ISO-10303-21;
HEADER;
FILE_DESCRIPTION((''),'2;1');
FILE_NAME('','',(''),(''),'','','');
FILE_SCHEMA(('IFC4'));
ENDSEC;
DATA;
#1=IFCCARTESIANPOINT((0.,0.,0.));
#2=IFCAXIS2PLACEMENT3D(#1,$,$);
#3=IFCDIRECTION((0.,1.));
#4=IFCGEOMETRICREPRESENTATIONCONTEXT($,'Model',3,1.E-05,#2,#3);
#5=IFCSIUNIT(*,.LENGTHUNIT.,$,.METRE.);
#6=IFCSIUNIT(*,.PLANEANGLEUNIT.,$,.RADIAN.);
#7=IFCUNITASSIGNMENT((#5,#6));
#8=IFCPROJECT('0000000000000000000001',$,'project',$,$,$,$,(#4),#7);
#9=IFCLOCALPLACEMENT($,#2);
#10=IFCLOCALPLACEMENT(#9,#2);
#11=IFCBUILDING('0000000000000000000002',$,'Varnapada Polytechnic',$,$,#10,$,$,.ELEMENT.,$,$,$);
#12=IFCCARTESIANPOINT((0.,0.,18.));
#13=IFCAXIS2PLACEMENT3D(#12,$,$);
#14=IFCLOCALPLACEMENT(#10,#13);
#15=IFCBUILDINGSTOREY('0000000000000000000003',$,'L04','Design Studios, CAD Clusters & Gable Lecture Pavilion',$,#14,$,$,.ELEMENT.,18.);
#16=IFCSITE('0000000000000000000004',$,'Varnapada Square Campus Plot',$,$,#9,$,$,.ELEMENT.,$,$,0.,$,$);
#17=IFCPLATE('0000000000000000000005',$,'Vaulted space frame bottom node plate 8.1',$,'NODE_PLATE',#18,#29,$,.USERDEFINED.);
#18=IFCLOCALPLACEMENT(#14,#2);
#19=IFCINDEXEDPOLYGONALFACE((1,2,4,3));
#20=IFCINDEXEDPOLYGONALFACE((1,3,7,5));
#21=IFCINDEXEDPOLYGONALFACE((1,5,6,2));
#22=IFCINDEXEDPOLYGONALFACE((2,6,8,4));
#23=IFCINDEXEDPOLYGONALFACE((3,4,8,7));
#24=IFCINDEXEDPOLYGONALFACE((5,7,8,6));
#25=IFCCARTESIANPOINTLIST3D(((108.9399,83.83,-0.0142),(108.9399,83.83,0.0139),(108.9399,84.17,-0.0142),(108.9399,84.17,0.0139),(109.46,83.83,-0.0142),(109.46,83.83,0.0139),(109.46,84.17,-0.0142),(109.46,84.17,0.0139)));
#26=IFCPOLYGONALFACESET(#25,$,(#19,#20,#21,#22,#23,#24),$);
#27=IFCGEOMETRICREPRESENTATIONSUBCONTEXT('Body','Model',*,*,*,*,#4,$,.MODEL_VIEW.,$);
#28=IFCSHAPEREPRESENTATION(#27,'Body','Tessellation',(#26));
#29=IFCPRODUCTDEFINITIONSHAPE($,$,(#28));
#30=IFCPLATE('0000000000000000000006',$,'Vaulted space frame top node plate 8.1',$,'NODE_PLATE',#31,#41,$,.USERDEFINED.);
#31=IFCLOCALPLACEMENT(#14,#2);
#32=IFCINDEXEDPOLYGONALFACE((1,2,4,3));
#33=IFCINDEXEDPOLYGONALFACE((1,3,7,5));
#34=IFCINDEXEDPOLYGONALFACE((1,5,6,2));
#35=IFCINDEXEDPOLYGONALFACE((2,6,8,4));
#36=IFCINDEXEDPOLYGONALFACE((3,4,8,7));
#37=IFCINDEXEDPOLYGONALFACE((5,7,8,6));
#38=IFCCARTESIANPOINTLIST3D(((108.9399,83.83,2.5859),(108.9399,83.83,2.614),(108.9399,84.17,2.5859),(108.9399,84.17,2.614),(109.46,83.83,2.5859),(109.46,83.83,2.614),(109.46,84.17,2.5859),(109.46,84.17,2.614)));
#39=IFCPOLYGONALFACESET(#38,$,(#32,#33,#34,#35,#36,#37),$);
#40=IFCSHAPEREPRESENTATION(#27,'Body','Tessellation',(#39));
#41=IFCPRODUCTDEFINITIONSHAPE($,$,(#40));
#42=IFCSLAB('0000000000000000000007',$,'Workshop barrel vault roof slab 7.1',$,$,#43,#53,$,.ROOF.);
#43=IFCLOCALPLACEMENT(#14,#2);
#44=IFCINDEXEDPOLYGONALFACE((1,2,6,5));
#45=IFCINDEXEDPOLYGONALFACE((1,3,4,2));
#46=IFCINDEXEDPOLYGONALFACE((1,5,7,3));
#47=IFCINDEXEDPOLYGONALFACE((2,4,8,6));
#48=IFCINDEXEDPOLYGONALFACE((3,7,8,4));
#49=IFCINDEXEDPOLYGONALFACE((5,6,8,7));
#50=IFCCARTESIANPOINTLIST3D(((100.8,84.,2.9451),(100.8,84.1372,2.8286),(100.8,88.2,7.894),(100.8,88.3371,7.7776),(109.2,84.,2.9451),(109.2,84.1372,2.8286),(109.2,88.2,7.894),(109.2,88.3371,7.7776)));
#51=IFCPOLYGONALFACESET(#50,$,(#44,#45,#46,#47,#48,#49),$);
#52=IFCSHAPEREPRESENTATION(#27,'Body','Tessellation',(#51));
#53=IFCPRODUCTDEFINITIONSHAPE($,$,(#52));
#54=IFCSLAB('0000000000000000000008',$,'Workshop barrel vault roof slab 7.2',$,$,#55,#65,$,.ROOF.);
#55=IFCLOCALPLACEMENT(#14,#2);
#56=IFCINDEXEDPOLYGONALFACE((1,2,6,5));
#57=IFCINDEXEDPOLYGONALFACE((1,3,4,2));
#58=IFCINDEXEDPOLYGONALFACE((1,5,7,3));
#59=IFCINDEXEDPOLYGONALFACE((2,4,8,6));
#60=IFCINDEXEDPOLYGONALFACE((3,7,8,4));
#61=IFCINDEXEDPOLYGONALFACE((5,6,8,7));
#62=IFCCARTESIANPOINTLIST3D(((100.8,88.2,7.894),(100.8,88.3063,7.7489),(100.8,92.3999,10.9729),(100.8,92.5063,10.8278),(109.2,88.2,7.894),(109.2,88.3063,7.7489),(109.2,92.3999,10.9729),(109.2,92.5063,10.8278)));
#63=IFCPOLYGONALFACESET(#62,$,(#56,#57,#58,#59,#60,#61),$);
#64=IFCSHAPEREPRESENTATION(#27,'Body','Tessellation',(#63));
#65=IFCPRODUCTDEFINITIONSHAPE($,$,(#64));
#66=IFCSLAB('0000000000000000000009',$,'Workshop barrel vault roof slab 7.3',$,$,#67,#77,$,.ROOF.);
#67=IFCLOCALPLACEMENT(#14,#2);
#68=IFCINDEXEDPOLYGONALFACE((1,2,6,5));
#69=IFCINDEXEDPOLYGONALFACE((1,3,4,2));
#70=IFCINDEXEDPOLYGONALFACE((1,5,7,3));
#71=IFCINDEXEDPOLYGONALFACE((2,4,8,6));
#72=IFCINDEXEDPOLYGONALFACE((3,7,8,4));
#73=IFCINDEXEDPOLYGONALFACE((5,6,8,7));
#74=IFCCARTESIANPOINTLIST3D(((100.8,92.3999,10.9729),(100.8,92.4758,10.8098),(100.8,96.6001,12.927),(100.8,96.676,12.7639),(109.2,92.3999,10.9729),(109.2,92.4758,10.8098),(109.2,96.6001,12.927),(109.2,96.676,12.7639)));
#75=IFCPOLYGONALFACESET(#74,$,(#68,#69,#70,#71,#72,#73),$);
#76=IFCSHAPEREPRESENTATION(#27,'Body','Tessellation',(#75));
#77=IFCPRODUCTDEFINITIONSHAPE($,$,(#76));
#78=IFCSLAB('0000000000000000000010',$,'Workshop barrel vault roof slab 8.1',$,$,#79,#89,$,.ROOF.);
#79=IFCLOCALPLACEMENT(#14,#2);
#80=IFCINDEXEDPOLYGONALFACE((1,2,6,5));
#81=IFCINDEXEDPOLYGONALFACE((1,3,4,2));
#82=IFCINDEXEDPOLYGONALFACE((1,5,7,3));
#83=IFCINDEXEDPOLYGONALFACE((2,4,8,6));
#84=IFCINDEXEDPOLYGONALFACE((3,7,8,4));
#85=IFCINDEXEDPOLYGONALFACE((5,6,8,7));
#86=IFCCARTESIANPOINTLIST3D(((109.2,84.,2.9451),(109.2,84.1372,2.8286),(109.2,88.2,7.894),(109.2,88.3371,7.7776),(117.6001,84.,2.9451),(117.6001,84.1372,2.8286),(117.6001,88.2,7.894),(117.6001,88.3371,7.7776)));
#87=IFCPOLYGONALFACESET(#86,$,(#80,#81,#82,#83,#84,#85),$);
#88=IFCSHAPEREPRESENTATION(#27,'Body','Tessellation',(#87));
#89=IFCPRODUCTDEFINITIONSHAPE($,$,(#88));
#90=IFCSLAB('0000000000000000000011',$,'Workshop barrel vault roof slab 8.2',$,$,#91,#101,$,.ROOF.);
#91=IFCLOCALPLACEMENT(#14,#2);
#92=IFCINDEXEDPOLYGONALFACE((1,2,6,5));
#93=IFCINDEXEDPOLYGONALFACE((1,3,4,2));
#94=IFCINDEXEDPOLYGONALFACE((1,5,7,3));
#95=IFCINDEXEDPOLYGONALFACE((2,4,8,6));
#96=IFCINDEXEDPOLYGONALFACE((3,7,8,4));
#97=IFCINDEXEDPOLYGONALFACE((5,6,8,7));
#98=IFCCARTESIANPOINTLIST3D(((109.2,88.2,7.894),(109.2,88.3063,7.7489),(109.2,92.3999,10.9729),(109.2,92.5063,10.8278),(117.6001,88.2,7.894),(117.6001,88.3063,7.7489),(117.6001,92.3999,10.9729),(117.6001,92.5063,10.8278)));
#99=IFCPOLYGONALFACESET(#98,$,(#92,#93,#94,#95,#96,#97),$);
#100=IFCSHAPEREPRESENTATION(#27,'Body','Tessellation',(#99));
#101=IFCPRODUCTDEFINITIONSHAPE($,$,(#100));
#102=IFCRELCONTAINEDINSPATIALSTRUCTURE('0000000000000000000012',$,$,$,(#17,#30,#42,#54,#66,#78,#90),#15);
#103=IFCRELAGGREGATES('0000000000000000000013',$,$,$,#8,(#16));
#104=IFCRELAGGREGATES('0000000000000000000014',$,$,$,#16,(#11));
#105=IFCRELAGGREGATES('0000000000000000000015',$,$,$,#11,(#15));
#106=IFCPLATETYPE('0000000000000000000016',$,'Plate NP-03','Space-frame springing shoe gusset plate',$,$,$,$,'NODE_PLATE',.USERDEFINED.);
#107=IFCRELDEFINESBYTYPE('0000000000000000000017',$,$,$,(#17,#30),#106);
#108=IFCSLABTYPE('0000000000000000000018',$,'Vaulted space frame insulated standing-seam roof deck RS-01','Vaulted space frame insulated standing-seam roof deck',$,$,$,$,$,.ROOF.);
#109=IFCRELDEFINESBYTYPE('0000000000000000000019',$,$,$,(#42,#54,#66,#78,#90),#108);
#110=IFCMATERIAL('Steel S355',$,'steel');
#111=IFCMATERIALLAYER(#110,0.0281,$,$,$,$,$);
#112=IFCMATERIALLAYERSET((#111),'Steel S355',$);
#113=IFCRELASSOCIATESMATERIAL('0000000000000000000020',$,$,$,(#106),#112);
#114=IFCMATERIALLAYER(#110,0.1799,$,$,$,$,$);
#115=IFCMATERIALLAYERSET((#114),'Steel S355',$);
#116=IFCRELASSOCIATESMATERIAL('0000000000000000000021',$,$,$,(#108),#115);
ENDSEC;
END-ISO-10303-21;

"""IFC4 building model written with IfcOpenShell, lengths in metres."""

from ifc_helpers import new_model, si_unit, direction, frame, origin, origin_2d, place, context, subcontext, project, spatial, polyline, rectangle, outline, extrude, material, layer, layer_set, type_object, element, save


model = new_model("IFC4")

# Units and contexts
model_context = context("Model", 3, precision=1e-05, world=origin(), true_north=direction((0.0, 1.0)))
body_context = subcontext(model_context, "Body", "Model", "MODEL_VIEW")
ifc_project = project(units=[si_unit("LENGTHUNIT", "METRE"), si_unit("PLANEANGLEUNIT", "RADIAN")], contexts=[model_context])

# Site, building, storey
site_placement = place(None, origin())
site = spatial("IfcSite", under=ifc_project, at=site_placement, Name="Varnapada Square Campus Plot", CompositionType="ELEMENT", RefElevation=0.0)
building_placement = place(site_placement, origin())
building = spatial("IfcBuilding", under=site, at=building_placement, Name="Varnapada Polytechnic", CompositionType="ELEMENT")
storey_placement = place(building_placement, frame((0.0, 0.0, 18.0)))
storey = spatial("IfcBuildingStorey", under=building, at=storey_placement, Name="L04", Description="Design Studios, CAD Clusters & Gable Lecture Pavilion", CompositionType="ELEMENT", Elevation=18.0)

# Shared definitions
ifc_material = material(Name="Steel S355", Category="steel")

# Plates
ifc_layer_1 = layer(ifc_material, 0.0281)
ifc_layer_set_1 = layer_set([ifc_layer_1], Name="Steel S355")
plate_type_1 = type_object("IfcPlateType", Name="Plate NP-03", Description="Space-frame springing shoe gusset plate", ElementType="NODE_PLATE", PredefinedType="USERDEFINED", material=ifc_layer_set_1)
for number, where, z_axis, x_axis, name in (
    (1, (109.2, 84.0, -0.0142), (0.0, 0.0, 1.0), (1.0, 0.0, 0.0), "Vaulted space frame bottom node plate 8.1"),
    (2, (109.2, 84.0, 2.5859), (0.0, 0.0, 1.0), (1.0, 0.0, 0.0), "Vaulted space frame top node plate 8.1"),
):
    element("IfcPlate", number, at=place(storey_placement, frame(where, z_axis=z_axis, x_axis=x_axis)), inside=storey, type_object=plate_type_1, Name=name, ObjectType="NODE_PLATE", PredefinedType="USERDEFINED", context=body_context, shape_type="SweptSolid", body=[
        extrude(rectangle(XDim=0.52, YDim=0.3401, at=origin_2d()), origin(), (0.0, 0.0, 1.0), 0.0281),
    ])

# Slabs
ifc_layer_2 = layer(ifc_material, 0.1799)
ifc_layer_set_2 = layer_set([ifc_layer_2], Name="Steel S355")
slab_type = type_object("IfcSlabType", Name="Vaulted space frame insulated standing-seam roof deck RS-01", Description="Vaulted space frame insulated standing-seam roof deck", PredefinedType="ROOF", material=ifc_layer_set_2)
slab_1_placement = place(storey_placement, frame((100.8, 84.0, 2.9451), z_axis=(0.0, -0.762447, 0.647051), x_axis=(1.0, 0.0, 0.0)))
element("IfcSlab", 3, at=slab_1_placement, inside=storey, type_object=slab_type, Name="Workshop barrel vault roof slab 7.1", PredefinedType="ROOF", context=body_context, shape_type="SweptSolid", body=[
    extrude(outline(polyline([(0.0, 0.0), (8.3999, 0.0), (8.3999, 6.4909), (0.0, 6.4909), (0.0, 0.0)])), origin(), (0.0, 0.0, -1.0), 0.1799),
])
slab_2_placement = place(storey_placement, frame((100.8, 88.2, 7.894), z_axis=(0.0, -0.591225, 0.806506), x_axis=(1.0, 0.0, 0.0)))
element("IfcSlab", 4, at=slab_2_placement, inside=storey, type_object=slab_type, Name="Workshop barrel vault roof slab 7.2", PredefinedType="ROOF", context=body_context, shape_type="SweptSolid", body=[
    extrude(outline(polyline([(0.0, 0.0), (8.3999, 0.0), (8.3999, 5.2076), (0.0, 5.2076), (0.0, 0.0)])), origin(), (0.0, 0.0, -1.0), 0.1799),
])
slab_3_placement = place(storey_placement, frame((100.8, 92.3999, 10.9729), z_axis=(0.0, -0.421823, 0.906678), x_axis=(1.0, 0.0, 0.0)))
element("IfcSlab", 5, at=slab_3_placement, inside=storey, type_object=slab_type, Name="Workshop barrel vault roof slab 7.3", PredefinedType="ROOF", context=body_context, shape_type="SweptSolid", body=[
    extrude(outline(polyline([(0.0, 0.0), (8.3999, 0.0), (8.3999, 4.6325), (0.0, 4.6325), (0.0, 0.0)])), origin(), (0.0, 0.0, -1.0), 0.1799),
])
slab_4_placement = place(storey_placement, frame((109.2, 84.0, 2.9451), z_axis=(0.0, -0.762447, 0.647051), x_axis=(1.0, 0.0, 0.0)))
element("IfcSlab", 6, at=slab_4_placement, inside=storey, type_object=slab_type, Name="Workshop barrel vault roof slab 8.1", PredefinedType="ROOF", context=body_context, shape_type="SweptSolid", body=[
    extrude(outline(polyline([(0.0, 0.0), (8.4001, 0.0), (8.4001, 6.4909), (0.0, 6.4909), (0.0, 0.0)])), origin(), (0.0, 0.0, -1.0), 0.1799),
])
slab_5_placement = place(storey_placement, frame((109.2, 88.2, 7.894), z_axis=(0.0, -0.591225, 0.806506), x_axis=(1.0, 0.0, 0.0)))
element("IfcSlab", 7, at=slab_5_placement, inside=storey, type_object=slab_type, Name="Workshop barrel vault roof slab 8.2", PredefinedType="ROOF", context=body_context, shape_type="SweptSolid", body=[
    extrude(outline(polyline([(0.0, 0.0), (8.4001, 0.0), (8.4001, 5.2076), (0.0, 5.2076), (0.0, 0.0)])), origin(), (0.0, 0.0, -1.0), 0.1799),
])

save(model, "model.ifc")
